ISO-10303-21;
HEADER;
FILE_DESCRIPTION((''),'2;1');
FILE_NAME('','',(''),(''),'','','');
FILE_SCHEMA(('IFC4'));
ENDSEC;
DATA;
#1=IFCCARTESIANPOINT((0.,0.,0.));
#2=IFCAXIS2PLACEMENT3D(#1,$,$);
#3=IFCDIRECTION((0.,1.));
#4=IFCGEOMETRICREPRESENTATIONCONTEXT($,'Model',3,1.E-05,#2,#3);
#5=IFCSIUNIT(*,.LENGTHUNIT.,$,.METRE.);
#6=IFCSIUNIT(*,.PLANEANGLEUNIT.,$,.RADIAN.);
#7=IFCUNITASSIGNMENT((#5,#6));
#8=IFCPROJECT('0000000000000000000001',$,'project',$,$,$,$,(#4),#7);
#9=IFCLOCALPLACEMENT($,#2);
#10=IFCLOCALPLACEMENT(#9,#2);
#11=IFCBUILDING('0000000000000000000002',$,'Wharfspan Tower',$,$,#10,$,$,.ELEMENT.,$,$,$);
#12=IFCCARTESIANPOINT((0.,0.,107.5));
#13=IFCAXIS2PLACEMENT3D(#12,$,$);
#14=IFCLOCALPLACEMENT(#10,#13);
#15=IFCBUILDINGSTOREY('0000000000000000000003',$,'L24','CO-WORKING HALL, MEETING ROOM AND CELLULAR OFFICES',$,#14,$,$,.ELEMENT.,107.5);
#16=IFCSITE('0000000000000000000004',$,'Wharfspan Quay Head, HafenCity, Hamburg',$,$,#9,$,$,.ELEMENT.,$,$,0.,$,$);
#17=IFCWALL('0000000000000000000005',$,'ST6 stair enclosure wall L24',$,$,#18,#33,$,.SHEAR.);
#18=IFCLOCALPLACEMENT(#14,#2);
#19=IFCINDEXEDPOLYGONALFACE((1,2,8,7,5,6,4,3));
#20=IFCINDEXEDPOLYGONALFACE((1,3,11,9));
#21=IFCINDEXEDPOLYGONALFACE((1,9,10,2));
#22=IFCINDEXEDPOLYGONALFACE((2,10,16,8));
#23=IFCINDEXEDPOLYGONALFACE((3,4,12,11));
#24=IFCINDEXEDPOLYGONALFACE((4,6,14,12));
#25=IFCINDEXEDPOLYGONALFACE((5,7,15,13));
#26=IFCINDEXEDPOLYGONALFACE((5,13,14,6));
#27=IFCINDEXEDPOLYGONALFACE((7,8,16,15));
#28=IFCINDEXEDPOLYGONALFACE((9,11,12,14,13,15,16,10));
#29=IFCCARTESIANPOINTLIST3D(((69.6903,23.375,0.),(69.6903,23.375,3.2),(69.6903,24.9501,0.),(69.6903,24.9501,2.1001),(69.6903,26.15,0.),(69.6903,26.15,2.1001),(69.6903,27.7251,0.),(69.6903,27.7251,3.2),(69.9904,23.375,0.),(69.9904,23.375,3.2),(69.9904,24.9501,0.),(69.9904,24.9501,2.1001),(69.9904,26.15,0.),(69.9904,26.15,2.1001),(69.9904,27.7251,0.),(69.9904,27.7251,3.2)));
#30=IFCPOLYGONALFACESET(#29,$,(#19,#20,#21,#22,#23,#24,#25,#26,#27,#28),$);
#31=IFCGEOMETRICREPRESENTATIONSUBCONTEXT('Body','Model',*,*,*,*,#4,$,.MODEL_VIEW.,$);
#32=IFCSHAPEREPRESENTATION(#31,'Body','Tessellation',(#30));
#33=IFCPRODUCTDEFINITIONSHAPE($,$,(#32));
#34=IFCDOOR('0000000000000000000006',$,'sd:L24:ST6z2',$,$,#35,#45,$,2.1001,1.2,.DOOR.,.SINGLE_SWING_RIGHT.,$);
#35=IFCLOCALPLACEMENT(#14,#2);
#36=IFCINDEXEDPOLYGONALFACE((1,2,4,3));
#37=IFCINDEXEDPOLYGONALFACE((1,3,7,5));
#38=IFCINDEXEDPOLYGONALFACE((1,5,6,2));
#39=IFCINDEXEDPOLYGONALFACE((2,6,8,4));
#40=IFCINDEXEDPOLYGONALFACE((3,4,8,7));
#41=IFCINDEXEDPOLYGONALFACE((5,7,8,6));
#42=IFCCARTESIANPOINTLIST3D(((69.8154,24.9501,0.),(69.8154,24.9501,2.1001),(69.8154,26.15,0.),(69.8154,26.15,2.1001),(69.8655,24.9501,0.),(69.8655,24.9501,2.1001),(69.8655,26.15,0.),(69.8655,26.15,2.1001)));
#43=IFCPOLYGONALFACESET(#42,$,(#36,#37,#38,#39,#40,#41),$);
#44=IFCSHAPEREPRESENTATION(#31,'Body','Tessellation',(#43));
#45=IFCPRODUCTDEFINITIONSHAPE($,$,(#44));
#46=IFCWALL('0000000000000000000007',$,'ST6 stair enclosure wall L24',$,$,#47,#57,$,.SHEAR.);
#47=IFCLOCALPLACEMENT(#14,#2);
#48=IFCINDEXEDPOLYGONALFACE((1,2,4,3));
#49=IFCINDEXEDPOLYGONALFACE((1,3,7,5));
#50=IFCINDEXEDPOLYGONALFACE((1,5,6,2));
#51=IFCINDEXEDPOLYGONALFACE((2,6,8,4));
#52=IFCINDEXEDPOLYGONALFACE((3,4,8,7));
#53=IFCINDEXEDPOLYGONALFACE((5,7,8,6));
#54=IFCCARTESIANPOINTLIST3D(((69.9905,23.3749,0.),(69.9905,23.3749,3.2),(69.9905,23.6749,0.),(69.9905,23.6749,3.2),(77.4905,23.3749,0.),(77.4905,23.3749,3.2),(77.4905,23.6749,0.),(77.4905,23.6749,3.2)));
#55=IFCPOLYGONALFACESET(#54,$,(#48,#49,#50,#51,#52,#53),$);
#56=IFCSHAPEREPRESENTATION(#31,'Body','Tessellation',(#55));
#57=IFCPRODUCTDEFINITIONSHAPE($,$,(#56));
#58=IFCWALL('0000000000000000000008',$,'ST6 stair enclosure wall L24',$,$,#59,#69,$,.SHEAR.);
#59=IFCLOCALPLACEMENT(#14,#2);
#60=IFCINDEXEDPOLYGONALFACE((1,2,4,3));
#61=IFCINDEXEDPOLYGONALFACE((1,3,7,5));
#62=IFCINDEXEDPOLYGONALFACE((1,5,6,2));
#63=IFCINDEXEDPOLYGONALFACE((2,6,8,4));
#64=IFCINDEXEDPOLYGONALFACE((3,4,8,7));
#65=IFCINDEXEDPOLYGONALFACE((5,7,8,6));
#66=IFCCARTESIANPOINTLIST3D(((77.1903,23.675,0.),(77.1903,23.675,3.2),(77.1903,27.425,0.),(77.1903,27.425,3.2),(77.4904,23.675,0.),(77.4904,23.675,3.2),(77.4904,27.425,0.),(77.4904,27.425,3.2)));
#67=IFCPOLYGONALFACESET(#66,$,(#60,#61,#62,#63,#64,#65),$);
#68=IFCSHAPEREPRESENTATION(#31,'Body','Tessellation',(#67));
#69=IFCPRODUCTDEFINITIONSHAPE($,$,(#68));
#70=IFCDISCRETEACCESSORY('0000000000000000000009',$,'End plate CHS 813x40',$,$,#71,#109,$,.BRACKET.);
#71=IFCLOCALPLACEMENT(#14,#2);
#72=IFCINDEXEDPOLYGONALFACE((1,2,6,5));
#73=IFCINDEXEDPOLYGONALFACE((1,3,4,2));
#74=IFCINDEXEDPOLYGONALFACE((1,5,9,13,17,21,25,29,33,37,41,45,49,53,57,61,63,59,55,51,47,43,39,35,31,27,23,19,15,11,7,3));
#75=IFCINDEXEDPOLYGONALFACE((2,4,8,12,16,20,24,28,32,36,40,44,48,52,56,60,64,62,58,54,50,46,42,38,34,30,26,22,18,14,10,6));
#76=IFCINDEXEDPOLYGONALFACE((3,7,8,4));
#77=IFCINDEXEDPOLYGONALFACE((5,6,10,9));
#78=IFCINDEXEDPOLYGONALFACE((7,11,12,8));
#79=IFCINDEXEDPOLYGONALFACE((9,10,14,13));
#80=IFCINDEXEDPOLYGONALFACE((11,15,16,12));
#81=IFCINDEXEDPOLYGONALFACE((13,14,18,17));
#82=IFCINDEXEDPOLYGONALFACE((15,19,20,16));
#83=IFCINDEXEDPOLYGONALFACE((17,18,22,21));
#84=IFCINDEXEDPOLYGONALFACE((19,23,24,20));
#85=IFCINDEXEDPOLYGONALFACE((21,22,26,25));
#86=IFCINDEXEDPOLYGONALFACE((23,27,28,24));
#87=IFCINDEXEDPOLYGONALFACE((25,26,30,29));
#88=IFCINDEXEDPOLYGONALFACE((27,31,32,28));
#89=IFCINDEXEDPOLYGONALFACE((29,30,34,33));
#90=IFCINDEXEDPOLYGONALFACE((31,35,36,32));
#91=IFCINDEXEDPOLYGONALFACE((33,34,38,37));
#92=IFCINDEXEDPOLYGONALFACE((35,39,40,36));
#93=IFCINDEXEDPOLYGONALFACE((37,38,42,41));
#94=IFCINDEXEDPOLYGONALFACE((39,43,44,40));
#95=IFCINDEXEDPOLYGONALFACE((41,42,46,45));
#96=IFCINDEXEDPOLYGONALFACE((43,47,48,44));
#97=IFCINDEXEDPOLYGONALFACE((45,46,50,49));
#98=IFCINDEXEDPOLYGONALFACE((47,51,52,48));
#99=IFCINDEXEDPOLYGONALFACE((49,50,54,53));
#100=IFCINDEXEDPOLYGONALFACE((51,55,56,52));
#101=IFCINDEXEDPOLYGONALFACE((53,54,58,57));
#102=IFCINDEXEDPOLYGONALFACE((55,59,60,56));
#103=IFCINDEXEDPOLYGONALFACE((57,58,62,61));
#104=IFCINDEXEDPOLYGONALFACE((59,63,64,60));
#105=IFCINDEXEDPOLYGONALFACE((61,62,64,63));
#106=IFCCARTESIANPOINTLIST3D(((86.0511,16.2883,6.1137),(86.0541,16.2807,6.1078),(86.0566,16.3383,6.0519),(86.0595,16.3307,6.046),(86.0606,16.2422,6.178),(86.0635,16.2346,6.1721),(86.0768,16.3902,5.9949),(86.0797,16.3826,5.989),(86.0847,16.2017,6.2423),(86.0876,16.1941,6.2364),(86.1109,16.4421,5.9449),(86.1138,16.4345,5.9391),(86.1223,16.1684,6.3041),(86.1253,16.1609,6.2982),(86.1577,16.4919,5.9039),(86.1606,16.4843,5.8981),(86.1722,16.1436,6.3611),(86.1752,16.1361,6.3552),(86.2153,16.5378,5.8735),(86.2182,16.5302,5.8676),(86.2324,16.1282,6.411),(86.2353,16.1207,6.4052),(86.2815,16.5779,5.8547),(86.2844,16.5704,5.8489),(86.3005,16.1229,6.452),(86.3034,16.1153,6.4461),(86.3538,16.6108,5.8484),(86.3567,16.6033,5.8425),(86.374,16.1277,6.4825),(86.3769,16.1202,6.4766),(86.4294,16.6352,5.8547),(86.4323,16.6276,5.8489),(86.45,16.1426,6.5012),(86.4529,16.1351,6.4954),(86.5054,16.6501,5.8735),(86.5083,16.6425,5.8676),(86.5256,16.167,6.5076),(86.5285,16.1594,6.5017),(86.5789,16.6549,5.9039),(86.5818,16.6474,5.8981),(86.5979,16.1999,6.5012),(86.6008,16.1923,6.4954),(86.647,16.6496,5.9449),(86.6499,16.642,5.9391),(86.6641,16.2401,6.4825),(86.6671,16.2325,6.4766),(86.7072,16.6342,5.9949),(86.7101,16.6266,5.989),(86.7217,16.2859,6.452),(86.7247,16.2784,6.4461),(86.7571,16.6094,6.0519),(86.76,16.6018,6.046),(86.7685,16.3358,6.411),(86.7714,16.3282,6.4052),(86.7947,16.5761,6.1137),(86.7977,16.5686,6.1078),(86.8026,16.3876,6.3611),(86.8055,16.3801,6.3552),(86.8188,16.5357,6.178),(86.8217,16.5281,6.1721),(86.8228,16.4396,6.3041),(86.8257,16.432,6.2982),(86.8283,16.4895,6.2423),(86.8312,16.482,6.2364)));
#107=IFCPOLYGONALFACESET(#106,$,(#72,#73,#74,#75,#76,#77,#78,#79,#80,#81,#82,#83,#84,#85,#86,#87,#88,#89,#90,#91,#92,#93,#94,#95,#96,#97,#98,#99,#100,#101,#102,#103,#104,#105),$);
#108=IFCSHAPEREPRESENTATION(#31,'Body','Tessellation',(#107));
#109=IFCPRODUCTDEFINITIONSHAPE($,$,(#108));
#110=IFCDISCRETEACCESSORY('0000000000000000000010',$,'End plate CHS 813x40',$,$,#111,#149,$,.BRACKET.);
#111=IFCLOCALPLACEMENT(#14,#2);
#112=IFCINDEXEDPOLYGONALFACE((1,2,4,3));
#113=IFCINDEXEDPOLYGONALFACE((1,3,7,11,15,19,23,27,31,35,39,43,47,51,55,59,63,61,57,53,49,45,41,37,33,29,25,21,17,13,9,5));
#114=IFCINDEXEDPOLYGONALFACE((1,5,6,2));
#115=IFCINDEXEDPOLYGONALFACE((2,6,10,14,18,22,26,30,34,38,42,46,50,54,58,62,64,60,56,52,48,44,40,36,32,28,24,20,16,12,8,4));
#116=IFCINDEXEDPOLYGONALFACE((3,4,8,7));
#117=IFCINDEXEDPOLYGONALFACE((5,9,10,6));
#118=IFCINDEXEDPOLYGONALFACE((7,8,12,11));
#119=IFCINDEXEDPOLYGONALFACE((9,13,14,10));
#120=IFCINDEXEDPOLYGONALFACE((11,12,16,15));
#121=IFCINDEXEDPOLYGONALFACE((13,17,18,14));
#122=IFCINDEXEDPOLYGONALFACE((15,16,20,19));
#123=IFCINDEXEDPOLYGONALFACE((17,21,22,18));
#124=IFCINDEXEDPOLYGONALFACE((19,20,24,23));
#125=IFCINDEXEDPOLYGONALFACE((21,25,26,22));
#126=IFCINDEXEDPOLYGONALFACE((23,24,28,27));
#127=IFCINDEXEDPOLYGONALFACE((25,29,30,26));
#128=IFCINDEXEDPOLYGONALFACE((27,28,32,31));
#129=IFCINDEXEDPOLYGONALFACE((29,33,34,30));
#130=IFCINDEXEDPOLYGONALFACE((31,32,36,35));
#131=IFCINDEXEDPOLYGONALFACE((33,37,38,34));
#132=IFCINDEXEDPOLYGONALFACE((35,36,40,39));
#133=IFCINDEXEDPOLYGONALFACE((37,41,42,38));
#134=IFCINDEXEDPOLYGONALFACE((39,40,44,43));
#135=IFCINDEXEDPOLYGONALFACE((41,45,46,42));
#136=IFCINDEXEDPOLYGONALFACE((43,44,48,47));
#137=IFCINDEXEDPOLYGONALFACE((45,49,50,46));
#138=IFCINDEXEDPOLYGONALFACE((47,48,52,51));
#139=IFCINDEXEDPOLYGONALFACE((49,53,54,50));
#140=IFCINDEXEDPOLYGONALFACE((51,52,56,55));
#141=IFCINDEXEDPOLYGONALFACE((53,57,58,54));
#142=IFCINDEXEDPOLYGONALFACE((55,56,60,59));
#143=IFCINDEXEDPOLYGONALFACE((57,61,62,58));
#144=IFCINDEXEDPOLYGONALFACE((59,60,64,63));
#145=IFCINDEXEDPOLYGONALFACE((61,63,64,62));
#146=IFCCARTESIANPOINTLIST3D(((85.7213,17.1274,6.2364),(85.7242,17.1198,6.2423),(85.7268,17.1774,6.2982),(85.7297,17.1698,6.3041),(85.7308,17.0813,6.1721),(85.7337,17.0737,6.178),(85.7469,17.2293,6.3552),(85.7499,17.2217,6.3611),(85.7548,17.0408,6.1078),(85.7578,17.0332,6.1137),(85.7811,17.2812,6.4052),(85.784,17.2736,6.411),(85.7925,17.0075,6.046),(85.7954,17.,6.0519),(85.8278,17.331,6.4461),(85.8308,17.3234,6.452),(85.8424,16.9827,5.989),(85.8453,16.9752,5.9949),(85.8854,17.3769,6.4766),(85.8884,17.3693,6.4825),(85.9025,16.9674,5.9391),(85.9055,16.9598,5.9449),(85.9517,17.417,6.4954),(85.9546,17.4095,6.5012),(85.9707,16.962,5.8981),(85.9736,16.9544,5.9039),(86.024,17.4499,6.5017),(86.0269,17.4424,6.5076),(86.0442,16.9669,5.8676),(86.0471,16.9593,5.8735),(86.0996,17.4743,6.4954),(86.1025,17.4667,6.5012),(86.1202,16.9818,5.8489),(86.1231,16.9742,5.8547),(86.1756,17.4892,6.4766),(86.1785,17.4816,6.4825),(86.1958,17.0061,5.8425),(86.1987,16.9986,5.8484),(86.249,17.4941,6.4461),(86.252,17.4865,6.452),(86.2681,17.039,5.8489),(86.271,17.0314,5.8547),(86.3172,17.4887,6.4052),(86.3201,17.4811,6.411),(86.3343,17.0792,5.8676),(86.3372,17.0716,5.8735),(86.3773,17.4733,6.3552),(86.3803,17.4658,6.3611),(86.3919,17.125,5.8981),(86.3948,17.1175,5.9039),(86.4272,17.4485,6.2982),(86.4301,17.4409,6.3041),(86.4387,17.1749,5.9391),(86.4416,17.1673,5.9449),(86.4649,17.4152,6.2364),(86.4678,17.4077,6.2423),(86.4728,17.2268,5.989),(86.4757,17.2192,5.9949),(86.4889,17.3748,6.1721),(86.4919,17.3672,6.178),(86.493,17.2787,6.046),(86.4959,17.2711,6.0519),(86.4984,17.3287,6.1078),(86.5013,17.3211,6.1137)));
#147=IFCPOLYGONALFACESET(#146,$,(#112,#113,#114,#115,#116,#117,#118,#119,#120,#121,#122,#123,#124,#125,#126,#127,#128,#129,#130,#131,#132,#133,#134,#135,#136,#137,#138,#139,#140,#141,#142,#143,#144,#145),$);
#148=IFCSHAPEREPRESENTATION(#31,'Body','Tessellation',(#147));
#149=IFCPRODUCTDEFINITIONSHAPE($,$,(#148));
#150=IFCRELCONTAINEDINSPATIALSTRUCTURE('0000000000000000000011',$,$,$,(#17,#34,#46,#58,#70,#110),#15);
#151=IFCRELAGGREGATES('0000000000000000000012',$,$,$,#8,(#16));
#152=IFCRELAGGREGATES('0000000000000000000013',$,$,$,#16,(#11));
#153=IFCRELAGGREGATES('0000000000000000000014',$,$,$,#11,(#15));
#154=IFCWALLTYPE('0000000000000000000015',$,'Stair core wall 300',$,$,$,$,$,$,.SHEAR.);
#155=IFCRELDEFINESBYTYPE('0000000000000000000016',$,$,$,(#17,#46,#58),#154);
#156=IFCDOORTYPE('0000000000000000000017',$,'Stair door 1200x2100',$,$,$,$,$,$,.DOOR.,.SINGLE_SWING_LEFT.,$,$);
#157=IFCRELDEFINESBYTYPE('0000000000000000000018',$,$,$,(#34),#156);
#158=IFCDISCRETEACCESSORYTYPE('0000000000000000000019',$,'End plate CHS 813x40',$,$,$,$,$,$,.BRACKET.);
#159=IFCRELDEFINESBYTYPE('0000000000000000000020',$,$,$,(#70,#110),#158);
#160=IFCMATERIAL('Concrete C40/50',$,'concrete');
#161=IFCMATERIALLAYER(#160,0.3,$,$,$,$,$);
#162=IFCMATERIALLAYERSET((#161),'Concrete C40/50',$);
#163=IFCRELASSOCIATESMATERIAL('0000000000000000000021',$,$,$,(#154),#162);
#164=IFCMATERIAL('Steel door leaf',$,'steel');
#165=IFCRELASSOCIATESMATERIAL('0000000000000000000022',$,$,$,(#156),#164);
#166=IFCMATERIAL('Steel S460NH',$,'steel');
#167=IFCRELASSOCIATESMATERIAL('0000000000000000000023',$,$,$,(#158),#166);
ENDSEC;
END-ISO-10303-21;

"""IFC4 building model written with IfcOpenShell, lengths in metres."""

from ifc_helpers import new_model, si_unit, direction, frame, frame_2d, origin, origin_2d, place, context, subcontext, project, spatial, rectangle, circle, extrude, material, layer, layer_set, material_profile, profile_set, type_object, element, fill, save


model = new_model("IFC4")

# Units and contexts
model_context = context("Model", 3, precision=1e-05, world=origin(), true_north=direction((0.0, 1.0)))
body_context = subcontext(model_context, "Body", "Model", "MODEL_VIEW")
ifc_project = project(units=[si_unit("LENGTHUNIT", "METRE"), si_unit("PLANEANGLEUNIT", "RADIAN")], contexts=[model_context])

# Site, building, storey
site_placement = place(None, origin())
site = spatial("IfcSite", under=ifc_project, at=site_placement, Name="Wharfspan Quay Head, HafenCity, Hamburg", CompositionType="ELEMENT", RefElevation=0.0)
building_placement = place(site_placement, origin())
building = spatial("IfcBuilding", under=site, at=building_placement, Name="Wharfspan Tower", CompositionType="ELEMENT")
storey_placement = place(building_placement, frame((0.0, 0.0, 107.5)))
storey = spatial("IfcBuildingStorey", under=building, at=storey_placement, Name="L24", Description="CO-WORKING HALL, MEETING ROOM AND CELLULAR OFFICES", CompositionType="ELEMENT", Elevation=107.5)

# Shared definitions
ifc_material_1 = material(Name="Steel S460NH", Category="steel")

# Wall, opening, door
ifc_material_2 = material(Name="Concrete C40/50", Category="concrete")
ifc_layer_1 = layer(ifc_material_2, 0.3)
ifc_layer_set_1 = layer_set([ifc_layer_1], Name="Concrete C40/50")
wall_type_1 = type_object("IfcWallType", Name="Stair core wall 300", PredefinedType="SHEAR", material=ifc_layer_set_1)
wall_1_placement = place(storey_placement, frame((69.8403, 23.375, 0.0), z_axis=(0.0, 0.0, 1.0), x_axis=(0.0, 1.0, 0.0)))
wall_1 = element("IfcWall", 1, at=wall_1_placement, inside=storey, type_object=wall_type_1, Name="ST6 stair enclosure wall L24", PredefinedType="SHEAR", context=body_context, shape_type="SweptSolid", body=[
    extrude(rectangle(XDim=4.3501, YDim=0.3, at=frame_2d((2.175, 0.0))), origin(), (0.0, 0.0, 1.0), 3.2),
])
opening_placement = place(wall_1_placement, frame((1.575, 0.0, 0.0)))
opening = element("IfcOpeningElement", 2, at=opening_placement, cuts=wall_1, PredefinedType="OPENING", context=body_context, shape_type="SweptSolid", body=[
    extrude(rectangle(XDim=1.2, YDim=2.1001, at=frame_2d((0.6001, 1.05))), frame((0.0, 0.1599, 0.0), z_axis=(0.0, -1.0, 0.0), x_axis=(1.0, 0.0, 0.0)), (0.0, 0.0, 1.0), 0.3201),
])
ifc_material_3 = material(Name="Steel door leaf", Category="steel")
door_type = type_object("IfcDoorType", Name="Stair door 1200x2100", OperationType="SINGLE_SWING_LEFT", PredefinedType="DOOR", material=ifc_material_3)
door_placement = place(opening_placement, origin())
door = element("IfcDoor", 3, at=door_placement, inside=storey, type_object=door_type, Name="sd:L24:ST6z2", OperationType="SINGLE_SWING_RIGHT", OverallHeight=2.1001, OverallWidth=1.2, PredefinedType="DOOR", context=body_context, shape_type="SweptSolid", body=[
    extrude(rectangle(XDim=1.2, YDim=2.1001, at=frame_2d((0.6001, 1.05))), frame((0.0, 0.0249, 0.0), z_axis=(0.0, -1.0, 0.0), x_axis=(1.0, 0.0, 0.0)), (0.0, 0.0, 1.0), 0.05),
])
fill(opening, door)

# Walls
wall_2_placement = place(storey_placement, frame((69.9905, 23.5249, 0.0), z_axis=(0.0, 0.0, 1.0), x_axis=(1.0, 0.0, 0.0)))
element("IfcWall", 4, at=wall_2_placement, inside=storey, type_object=wall_type_1, Name="ST6 stair enclosure wall L24", PredefinedType="SHEAR", context=body_context, shape_type="SweptSolid", body=[
    extrude(rectangle(XDim=7.5, YDim=0.3, at=frame_2d((3.75, 0.0))), origin(), (0.0, 0.0, 1.0), 3.2),
])
wall_3_placement = place(storey_placement, frame((77.3403, 23.675, 0.0), z_axis=(0.0, 0.0, 1.0), x_axis=(0.0, 1.0, 0.0)))
element("IfcWall", 5, at=wall_3_placement, inside=storey, type_object=wall_type_1, Name="ST6 stair enclosure wall L24", PredefinedType="SHEAR", context=body_context, shape_type="SweptSolid", body=[
    extrude(rectangle(XDim=3.75, YDim=0.3, at=frame_2d((1.875, 0.0))), origin(), (0.0, 0.0, 1.0), 3.2),
])

# Discrete accessories
ifc_material_profile_1 = material_profile(ifc_material_1, circle(Radius=0.4065, at=origin_2d()))
ifc_profile_set_1 = profile_set([ifc_material_profile_1], Name="Steel S460NH")
discrete_accessory_type = type_object("IfcDiscreteAccessoryType", Name="End plate CHS 813x40", PredefinedType="BRACKET", material=ifc_profile_set_1)
for number, where, z_axis, x_axis, name in (
    (6, (86.4426, 16.3813, 6.1721), (-0.292683, 0.756098, 0.585366), (-0.932565, -0.360992, -0.000001), "End plate CHS 813x40"),
    (7, (86.1099, 17.228, 6.1721), (0.292683, -0.756098, 0.585366), (0.932565, 0.360992, -0.000001), "End plate CHS 813x40"),
):
    element("IfcDiscreteAccessory", number, at=place(storey_placement, frame(where, z_axis=z_axis, x_axis=x_axis)), inside=storey, type_object=discrete_accessory_type, Name=name, PredefinedType="BRACKET", context=body_context, shape_type="SweptSolid", body=[
        extrude(circle(Radius=0.4065, at=origin_2d()), origin(), (0.0, 0.0, 1.0), 0.01),
    ])

save(model, "model.ifc")
